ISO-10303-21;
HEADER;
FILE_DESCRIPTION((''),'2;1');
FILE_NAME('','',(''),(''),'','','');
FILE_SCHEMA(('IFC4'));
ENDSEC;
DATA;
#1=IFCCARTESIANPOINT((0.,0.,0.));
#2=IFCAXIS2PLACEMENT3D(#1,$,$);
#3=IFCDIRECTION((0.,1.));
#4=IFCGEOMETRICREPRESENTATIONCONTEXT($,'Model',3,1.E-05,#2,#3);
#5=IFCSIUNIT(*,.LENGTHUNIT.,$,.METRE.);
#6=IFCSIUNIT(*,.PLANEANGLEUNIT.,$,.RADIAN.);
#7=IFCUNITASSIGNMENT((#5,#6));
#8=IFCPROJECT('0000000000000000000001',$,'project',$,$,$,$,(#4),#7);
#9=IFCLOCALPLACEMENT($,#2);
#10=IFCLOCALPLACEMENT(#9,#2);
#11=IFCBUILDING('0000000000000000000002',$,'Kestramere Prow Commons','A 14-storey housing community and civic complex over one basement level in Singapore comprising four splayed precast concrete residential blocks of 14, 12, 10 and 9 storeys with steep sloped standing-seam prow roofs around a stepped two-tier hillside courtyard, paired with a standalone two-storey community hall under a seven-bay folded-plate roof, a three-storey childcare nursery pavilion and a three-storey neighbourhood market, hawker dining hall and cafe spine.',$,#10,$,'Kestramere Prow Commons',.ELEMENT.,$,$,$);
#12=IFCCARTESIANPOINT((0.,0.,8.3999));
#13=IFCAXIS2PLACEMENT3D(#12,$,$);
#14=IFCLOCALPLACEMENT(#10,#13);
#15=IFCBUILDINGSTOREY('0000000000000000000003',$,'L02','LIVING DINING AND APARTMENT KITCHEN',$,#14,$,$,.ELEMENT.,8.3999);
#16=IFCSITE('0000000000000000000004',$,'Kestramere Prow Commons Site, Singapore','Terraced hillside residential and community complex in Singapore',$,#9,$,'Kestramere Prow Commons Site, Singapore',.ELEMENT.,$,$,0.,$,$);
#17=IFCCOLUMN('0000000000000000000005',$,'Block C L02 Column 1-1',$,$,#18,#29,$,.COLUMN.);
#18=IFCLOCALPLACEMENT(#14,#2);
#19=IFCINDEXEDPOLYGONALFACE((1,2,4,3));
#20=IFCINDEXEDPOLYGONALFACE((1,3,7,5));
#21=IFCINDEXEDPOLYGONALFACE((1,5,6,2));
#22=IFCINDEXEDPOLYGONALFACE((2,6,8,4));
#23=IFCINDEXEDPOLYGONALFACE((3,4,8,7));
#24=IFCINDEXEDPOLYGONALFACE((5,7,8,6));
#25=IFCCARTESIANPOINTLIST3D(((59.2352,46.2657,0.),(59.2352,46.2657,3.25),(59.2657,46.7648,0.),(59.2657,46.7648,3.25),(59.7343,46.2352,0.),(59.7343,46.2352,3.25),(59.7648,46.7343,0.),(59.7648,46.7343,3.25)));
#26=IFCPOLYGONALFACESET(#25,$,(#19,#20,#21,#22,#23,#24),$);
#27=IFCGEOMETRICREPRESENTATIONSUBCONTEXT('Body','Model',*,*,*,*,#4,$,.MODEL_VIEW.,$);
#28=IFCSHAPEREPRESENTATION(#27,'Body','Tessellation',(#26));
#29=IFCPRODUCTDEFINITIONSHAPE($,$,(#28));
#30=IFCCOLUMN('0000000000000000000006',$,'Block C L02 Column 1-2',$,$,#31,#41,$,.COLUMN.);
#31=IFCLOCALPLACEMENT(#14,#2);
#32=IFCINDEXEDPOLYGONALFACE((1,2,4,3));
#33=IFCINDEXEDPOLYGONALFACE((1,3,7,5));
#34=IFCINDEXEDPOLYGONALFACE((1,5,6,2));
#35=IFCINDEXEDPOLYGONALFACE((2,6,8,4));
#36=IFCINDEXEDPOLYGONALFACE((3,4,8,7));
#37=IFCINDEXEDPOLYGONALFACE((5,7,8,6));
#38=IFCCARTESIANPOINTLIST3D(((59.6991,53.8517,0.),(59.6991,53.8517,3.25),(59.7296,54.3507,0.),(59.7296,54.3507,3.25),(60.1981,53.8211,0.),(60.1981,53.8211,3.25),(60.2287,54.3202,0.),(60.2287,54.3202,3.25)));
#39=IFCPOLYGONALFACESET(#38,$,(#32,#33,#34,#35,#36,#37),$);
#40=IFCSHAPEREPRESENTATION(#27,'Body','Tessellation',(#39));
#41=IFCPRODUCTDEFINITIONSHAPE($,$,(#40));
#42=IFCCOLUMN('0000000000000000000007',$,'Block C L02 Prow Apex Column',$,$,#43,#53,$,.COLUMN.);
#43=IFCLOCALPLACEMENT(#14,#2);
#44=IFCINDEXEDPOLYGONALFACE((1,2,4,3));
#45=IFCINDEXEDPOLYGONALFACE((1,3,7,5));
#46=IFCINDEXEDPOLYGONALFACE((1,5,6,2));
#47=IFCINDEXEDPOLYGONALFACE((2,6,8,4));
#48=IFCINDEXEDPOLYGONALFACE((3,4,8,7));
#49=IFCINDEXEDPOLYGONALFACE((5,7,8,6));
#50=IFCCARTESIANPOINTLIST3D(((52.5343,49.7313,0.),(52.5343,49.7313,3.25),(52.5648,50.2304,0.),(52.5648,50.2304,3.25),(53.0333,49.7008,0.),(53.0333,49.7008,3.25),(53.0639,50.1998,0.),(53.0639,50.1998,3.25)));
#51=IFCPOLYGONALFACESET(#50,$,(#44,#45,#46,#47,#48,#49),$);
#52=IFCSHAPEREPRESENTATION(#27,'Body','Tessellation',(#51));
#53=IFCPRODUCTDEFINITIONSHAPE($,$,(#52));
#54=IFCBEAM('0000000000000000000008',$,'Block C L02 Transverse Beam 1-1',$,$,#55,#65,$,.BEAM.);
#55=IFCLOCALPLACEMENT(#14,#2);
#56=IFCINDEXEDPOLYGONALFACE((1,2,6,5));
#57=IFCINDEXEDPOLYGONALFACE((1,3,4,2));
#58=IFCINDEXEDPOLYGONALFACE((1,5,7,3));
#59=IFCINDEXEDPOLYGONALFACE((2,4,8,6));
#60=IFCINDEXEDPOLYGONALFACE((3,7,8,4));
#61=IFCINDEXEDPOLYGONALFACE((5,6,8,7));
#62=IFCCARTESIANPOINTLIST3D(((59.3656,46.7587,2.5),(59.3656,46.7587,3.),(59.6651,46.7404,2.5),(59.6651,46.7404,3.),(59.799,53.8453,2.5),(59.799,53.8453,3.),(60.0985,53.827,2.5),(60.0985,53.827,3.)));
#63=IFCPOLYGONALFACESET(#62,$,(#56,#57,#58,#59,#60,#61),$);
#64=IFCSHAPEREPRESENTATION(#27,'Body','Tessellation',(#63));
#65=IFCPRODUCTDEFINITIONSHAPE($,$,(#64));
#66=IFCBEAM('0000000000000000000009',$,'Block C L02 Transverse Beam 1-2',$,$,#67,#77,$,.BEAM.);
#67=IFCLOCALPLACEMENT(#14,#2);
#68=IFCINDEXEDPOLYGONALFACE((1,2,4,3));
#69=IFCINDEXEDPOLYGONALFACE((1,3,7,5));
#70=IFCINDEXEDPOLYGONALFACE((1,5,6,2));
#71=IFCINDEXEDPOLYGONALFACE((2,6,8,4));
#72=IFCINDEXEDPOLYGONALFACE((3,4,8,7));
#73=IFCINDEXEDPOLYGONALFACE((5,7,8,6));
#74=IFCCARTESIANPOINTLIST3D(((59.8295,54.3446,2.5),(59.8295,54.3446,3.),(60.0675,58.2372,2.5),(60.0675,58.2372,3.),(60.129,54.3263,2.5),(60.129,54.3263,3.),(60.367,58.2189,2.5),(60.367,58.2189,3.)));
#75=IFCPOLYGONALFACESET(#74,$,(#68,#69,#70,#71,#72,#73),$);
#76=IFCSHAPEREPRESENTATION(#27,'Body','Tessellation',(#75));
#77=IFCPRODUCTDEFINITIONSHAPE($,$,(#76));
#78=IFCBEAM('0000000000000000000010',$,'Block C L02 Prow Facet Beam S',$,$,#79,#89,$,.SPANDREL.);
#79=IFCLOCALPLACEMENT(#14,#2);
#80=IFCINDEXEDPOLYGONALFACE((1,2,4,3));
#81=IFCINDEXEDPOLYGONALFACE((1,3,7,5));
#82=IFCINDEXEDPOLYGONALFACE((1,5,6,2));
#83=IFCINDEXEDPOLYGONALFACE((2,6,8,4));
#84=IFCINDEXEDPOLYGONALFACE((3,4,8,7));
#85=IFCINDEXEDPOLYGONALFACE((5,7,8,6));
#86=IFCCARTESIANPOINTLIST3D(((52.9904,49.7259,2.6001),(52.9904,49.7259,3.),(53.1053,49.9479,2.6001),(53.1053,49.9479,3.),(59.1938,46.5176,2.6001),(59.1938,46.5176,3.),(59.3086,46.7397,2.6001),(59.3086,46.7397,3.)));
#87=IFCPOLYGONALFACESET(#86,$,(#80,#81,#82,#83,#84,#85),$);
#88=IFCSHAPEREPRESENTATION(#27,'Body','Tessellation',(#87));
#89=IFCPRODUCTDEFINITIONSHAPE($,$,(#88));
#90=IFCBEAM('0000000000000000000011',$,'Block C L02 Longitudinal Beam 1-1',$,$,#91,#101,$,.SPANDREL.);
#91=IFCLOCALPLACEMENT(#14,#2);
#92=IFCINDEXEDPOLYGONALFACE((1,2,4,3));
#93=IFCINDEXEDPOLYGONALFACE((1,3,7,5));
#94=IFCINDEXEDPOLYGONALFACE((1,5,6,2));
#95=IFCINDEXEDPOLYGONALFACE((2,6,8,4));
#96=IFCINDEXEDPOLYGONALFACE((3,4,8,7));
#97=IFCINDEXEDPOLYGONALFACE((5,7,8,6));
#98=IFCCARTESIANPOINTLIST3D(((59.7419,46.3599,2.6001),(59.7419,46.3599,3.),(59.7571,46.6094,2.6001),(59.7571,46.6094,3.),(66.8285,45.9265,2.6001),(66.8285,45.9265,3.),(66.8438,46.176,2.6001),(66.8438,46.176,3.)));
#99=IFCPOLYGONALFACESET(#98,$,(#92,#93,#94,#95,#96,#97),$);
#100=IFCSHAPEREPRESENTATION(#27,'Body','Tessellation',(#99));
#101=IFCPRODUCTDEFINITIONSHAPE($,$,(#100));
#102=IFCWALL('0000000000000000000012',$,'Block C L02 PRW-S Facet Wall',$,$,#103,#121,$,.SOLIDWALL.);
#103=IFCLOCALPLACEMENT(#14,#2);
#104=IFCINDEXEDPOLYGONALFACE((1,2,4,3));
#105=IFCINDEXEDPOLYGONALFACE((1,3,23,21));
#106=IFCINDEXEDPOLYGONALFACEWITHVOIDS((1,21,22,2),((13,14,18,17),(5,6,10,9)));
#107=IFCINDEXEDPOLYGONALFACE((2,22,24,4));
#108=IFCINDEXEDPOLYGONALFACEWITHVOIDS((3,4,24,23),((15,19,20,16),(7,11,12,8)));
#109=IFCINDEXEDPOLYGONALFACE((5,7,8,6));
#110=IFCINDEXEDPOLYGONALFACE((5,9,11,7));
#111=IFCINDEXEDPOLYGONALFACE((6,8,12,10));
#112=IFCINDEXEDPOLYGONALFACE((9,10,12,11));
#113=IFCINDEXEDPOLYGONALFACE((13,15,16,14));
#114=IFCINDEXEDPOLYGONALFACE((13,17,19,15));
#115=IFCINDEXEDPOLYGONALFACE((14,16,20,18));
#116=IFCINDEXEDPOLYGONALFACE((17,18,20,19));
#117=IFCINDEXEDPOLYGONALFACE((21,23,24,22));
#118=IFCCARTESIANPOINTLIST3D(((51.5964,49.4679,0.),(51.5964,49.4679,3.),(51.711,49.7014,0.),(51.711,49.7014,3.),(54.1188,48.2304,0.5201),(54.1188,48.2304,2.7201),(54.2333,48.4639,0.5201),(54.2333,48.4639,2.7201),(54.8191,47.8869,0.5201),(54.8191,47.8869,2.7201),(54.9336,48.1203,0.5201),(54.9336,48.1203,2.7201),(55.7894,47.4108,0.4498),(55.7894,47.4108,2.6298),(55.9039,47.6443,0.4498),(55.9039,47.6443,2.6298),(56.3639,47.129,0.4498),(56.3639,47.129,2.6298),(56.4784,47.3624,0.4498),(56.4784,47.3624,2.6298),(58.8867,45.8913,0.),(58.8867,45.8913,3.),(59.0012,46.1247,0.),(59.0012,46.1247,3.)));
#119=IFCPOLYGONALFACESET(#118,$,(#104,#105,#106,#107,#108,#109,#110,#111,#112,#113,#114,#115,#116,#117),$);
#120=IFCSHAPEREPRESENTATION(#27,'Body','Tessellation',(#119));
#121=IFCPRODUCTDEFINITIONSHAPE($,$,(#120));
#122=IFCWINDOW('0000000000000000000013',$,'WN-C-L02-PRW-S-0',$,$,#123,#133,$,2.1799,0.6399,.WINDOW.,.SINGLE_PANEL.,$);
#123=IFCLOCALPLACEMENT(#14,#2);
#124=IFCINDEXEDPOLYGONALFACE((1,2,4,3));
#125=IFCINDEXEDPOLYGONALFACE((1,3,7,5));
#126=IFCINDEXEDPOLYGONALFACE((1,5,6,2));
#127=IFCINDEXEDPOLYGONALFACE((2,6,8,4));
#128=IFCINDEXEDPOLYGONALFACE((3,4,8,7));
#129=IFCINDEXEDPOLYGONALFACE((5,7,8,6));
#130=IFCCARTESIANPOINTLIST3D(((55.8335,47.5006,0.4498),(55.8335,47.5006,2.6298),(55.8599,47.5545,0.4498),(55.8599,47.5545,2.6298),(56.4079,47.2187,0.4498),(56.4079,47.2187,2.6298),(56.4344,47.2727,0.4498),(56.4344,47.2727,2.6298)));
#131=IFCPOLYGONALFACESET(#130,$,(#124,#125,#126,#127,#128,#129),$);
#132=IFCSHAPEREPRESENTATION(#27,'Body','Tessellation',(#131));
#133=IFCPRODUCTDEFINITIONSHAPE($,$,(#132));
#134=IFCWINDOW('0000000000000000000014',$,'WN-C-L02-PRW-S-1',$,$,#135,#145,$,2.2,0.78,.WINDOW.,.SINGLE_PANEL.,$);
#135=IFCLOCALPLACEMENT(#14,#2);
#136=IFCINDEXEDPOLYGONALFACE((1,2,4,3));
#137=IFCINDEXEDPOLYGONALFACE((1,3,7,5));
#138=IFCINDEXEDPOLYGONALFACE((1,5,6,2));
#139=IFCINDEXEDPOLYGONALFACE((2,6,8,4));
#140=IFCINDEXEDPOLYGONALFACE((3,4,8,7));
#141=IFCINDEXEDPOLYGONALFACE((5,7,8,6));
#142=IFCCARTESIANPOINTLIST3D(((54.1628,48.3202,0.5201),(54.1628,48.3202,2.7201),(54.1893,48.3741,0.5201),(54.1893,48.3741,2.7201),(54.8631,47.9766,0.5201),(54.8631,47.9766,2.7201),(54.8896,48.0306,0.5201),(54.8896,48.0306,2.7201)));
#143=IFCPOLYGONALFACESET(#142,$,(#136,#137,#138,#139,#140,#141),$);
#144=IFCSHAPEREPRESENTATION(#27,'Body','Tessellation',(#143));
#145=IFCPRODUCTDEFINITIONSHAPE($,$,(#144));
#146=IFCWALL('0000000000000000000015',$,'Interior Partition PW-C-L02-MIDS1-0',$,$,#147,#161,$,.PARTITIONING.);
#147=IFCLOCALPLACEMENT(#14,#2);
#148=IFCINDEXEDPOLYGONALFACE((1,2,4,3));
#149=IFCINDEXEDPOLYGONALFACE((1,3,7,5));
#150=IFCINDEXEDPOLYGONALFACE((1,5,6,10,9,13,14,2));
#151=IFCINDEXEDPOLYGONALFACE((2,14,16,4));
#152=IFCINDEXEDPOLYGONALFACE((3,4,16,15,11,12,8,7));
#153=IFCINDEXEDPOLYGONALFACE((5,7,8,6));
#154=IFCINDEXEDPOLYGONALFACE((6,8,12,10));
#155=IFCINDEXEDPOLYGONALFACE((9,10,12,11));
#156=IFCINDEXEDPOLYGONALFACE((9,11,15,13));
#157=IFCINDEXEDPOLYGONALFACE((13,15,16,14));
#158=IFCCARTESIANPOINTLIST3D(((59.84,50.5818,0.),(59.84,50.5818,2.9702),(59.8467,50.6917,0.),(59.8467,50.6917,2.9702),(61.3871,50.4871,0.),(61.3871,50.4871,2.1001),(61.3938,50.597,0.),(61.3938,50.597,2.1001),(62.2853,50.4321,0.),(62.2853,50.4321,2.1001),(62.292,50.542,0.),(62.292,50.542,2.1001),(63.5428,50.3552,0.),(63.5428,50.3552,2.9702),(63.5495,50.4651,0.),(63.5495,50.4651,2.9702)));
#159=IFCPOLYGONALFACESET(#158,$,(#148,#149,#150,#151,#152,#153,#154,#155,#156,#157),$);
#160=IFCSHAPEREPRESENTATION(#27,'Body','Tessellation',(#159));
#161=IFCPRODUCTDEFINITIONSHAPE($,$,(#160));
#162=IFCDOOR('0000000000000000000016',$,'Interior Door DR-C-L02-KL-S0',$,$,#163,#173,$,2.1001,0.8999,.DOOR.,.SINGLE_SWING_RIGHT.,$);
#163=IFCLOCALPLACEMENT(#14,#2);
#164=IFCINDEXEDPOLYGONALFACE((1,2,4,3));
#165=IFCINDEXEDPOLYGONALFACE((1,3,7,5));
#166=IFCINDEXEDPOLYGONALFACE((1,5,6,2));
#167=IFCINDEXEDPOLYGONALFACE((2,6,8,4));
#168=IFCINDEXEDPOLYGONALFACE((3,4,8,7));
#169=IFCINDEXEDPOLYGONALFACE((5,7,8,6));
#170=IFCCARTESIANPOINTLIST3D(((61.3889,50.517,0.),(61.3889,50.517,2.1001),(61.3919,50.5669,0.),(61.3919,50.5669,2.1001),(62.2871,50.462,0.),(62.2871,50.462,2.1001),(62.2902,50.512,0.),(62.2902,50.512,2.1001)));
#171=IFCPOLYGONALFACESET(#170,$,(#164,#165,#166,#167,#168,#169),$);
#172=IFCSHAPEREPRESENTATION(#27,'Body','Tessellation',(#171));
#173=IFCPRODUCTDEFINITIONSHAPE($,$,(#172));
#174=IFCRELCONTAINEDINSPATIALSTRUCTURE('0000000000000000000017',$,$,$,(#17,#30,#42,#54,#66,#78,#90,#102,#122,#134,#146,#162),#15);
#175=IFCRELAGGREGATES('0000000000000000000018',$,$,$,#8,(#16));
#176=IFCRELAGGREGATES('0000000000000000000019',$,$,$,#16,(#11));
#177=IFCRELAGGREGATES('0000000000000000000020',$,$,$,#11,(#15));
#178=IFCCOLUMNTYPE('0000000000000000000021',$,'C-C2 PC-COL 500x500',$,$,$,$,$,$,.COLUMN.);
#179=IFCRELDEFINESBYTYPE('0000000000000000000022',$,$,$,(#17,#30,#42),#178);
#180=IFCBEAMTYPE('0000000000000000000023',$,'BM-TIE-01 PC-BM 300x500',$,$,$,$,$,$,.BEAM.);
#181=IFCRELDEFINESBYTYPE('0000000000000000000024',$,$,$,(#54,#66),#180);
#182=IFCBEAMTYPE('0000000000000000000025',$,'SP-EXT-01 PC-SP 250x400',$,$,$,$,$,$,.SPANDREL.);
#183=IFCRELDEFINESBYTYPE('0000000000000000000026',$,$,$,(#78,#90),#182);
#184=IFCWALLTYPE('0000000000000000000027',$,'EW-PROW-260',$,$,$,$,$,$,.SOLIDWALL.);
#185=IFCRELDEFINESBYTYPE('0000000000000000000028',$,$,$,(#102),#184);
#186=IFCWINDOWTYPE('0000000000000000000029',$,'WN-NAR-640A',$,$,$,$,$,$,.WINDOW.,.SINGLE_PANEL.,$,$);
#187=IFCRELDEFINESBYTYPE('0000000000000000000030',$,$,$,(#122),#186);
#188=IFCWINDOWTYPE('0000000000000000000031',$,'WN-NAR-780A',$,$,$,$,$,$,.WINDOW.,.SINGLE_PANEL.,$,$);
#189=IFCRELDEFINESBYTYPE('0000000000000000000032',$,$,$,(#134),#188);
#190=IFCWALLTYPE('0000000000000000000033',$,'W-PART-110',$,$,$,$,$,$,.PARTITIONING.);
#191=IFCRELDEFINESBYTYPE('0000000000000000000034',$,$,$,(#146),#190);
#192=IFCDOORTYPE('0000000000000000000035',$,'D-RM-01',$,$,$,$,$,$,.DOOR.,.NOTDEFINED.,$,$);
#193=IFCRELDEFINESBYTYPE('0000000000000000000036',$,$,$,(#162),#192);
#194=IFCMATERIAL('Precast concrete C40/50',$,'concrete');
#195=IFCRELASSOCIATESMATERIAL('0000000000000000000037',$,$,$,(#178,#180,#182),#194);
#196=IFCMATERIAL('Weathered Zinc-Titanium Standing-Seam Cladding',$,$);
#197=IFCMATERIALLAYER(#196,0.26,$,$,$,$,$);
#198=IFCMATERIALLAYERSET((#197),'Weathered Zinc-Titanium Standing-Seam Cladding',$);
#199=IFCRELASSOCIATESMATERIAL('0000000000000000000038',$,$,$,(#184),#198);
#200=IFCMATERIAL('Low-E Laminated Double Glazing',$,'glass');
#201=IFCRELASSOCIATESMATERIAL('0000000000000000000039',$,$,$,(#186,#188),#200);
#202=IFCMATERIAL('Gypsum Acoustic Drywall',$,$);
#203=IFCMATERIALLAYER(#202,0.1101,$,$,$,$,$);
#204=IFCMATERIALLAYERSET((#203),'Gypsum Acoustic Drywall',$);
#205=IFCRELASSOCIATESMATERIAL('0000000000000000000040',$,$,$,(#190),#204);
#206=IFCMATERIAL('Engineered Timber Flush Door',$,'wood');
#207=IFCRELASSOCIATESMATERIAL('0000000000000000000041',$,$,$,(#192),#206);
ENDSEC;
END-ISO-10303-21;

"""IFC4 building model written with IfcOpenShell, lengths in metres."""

from ifc_helpers import new_model, si_unit, direction, frame, frame_2d, origin, origin_2d, place, context, subcontext, project, spatial, rectangle, extrude, material, layer, layer_set, material_profile, profile_set, type_object, element, fill, save


model = new_model("IFC4")

# Units and contexts
model_context = context("Model", 3, precision=1e-05, world=origin(), true_north=direction((0.0, 1.0)))
body_context = subcontext(model_context, "Body", "Model", "MODEL_VIEW")
ifc_project = project(units=[si_unit("LENGTHUNIT", "METRE"), si_unit("PLANEANGLEUNIT", "RADIAN")], contexts=[model_context])

# Site, building, storey
site_placement = place(None, origin())
site = spatial("IfcSite", under=ifc_project, at=site_placement, Name="Kestramere Prow Commons Site, Singapore", Description="Terraced hillside residential and community complex in Singapore", LongName="Kestramere Prow Commons Site, Singapore", CompositionType="ELEMENT", RefElevation=0.0)
building_placement = place(site_placement, origin())
building = spatial("IfcBuilding", under=site, at=building_placement, Name="Kestramere Prow Commons", Description="A 14-storey housing community and civic complex over one basement level in Singapore comprising four splayed precast concrete residential blocks of 14, 12, 10 and 9 storeys with steep sloped standing-seam prow roofs around a stepped two-tier hillside courtyard, paired with a standalone two-storey community hall under a seven-bay folded-plate roof, a three-storey childcare nursery pavilion and a three-storey neighbourhood market, hawker dining hall and cafe spine.", LongName="Kestramere Prow Commons", CompositionType="ELEMENT")
storey_placement = place(building_placement, frame((0.0, 0.0, 8.3999)))
storey = spatial("IfcBuildingStorey", under=building, at=storey_placement, Name="L02", Description="LIVING DINING AND APARTMENT KITCHEN", CompositionType="ELEMENT", Elevation=8.3999)

# Columns
ifc_material_1 = material(Name="Precast concrete C40/50", Category="concrete")
ifc_material_profile_1 = material_profile(ifc_material_1, rectangle(XDim=0.5, YDim=0.5, at=origin_2d()), Name="PC-COL 500x500")
ifc_profile_set_1 = profile_set([ifc_material_profile_1], Name="Precast concrete C40/50")
column_type = type_object("IfcColumnType", Name="C-C2 PC-COL 500x500", PredefinedType="COLUMN", material=ifc_profile_set_1)
for number, where, z_axis, x_axis, name in (
    (1, (59.5, 46.5, 0.0), (0.0, 0.0, 1.0), (0.998135, -0.061049, 0.0), "Block C L02 Column 1-1"),
    (2, (59.9639, 54.0859, 0.0), (0.0, 0.0, 1.0), (0.998135, -0.061049, 0.0), "Block C L02 Column 1-2"),
    (3, (52.7991, 49.9656, 0.0), (0.0, 0.0, 1.0), (0.998135, -0.061049, 0.0), "Block C L02 Prow Apex Column"),
):
    element("IfcColumn", number, at=place(storey_placement, frame(where, z_axis=z_axis, x_axis=x_axis)), inside=storey, type_object=column_type, Name=name, PredefinedType="COLUMN", context=body_context, shape_type="SweptSolid", body=[
        extrude(rectangle(XDim=0.5, YDim=0.5, at=origin_2d()), origin(), (0.0, 0.0, 1.0), 3.25),
    ])

# Beams
ifc_material_profile_2 = material_profile(ifc_material_1, rectangle(XDim=0.3, YDim=0.5, at=origin_2d()), Name="PC-BM 300x500")
ifc_profile_set_2 = profile_set([ifc_material_profile_2], Name="Precast concrete C40/50")
beam_type_1 = type_object("IfcBeamType", Name="BM-TIE-01 PC-BM 300x500", PredefinedType="BEAM", material=ifc_profile_set_2)
beam_1_placement = place(storey_placement, frame((59.5154, 46.7495, 2.75), z_axis=(0.061036, 0.998136, 0.0), x_axis=(-0.998136, 0.061036, 0.0)))
element("IfcBeam", 4, at=beam_1_placement, inside=storey, type_object=beam_type_1, Name="Block C L02 Transverse Beam 1-1", PredefinedType="BEAM", context=body_context, shape_type="SweptSolid", body=[
    extrude(rectangle(XDim=0.3, YDim=0.5, at=origin_2d()), origin(), (0.0, 0.0, 1.0), 7.0999),
])
beam_2_placement = place(storey_placement, frame((59.9792, 54.3354, 2.75), z_axis=(0.061038, 0.998135, 0.0), x_axis=(-0.998135, 0.061038, 0.0)))
element("IfcBeam", 5, at=beam_2_placement, inside=storey, type_object=beam_type_1, Name="Block C L02 Transverse Beam 1-2", PredefinedType="BEAM", context=body_context, shape_type="SweptSolid", body=[
    extrude(rectangle(XDim=0.3, YDim=0.5, at=origin_2d()), origin(), (0.0, 0.0, 1.0), 3.8999),
])
ifc_material_profile_3 = material_profile(ifc_material_1, rectangle(XDim=0.25, YDim=0.3999, at=origin_2d()), Name="PC-SP 250x400")
ifc_profile_set_3 = profile_set([ifc_material_profile_3], Name="Precast concrete C40/50")
beam_type_2 = type_object("IfcBeamType", Name="SP-EXT-01 PC-SP 250x400", PredefinedType="SPANDREL", material=ifc_profile_set_3)
beam_3_placement = place(storey_placement, frame((59.2512, 46.6287, 2.8), z_axis=(-0.88824, 0.459379, 0.0), x_axis=(-0.459379, -0.88824, 0.0)))
element("IfcBeam", 6, at=beam_3_placement, inside=storey, type_object=beam_type_2, Name="Block C L02 Prow Facet Beam S", PredefinedType="SPANDREL", context=body_context, shape_type="SweptSolid", body=[
    extrude(rectangle(XDim=0.25, YDim=0.3999, at=origin_2d()), origin(), (0.0, 0.0, 1.0), 6.9839),
])
beam_4_placement = place(storey_placement, frame((59.7495, 46.4846, 2.8), z_axis=(0.998136, -0.061036, 0.0), x_axis=(0.061036, 0.998136, 0.0)))
element("IfcBeam", 7, at=beam_4_placement, inside=storey, type_object=beam_type_2, Name="Block C L02 Longitudinal Beam 1-1", PredefinedType="SPANDREL", context=body_context, shape_type="SweptSolid", body=[
    extrude(rectangle(XDim=0.25, YDim=0.3999, at=origin_2d()), origin(), (0.0, 0.0, 1.0), 7.0999),
])

# Wall, openings, windows
ifc_material_2 = material(Name="Weathered Zinc-Titanium Standing-Seam Cladding")
ifc_layer_1 = layer(ifc_material_2, 0.26)
ifc_layer_set_1 = layer_set([ifc_layer_1], Name="Weathered Zinc-Titanium Standing-Seam Cladding")
wall_type_1 = type_object("IfcWallType", Name="EW-PROW-260", PredefinedType="SOLIDWALL", material=ifc_layer_set_1)
wall_1_placement = place(storey_placement, frame((58.9438, 46.0081, 0.0), z_axis=(0.0, 0.0, 1.0), x_axis=(-0.897775, 0.440454, 0.0)))
wall_1 = element("IfcWall", 8, at=wall_1_placement, inside=storey, type_object=wall_type_1, Name="Block C L02 PRW-S Facet Wall", PredefinedType="SOLIDWALL", context=body_context, shape_type="SweptSolid", body=[
    extrude(rectangle(XDim=8.1204, YDim=0.26, at=frame_2d((4.0601, 0.0))), origin(), (0.0, 0.0, 1.0), 3.0),
])
opening_1_placement = place(wall_1_placement, frame((2.8101, 0.0, 0.45)))
opening_1 = element("IfcOpeningElement", 9, at=opening_1_placement, cuts=wall_1, PredefinedType="OPENING", context=body_context, shape_type="SweptSolid", body=[
    extrude(rectangle(XDim=0.6399, YDim=2.1799, at=frame_2d((0.3198, 1.0898))), frame((0.0, 0.145, 0.0), z_axis=(0.0, -1.0, 0.0), x_axis=(1.0, 0.0, 0.0)), (0.0, 0.0, 1.0), 0.29),
])
opening_2_placement = place(wall_1_placement, frame((4.5305, 0.0, 0.52)))
opening_2 = element("IfcOpeningElement", 10, at=opening_2_placement, cuts=wall_1, PredefinedType="OPENING", context=body_context, shape_type="SweptSolid", body=[
    extrude(rectangle(XDim=0.78, YDim=2.2, at=frame_2d((0.3901, 1.1001))), frame((0.0, 0.145, 0.0), z_axis=(0.0, -1.0, 0.0), x_axis=(1.0, 0.0, 0.0)), (0.0, 0.0, 1.0), 0.29),
])
ifc_material_3 = material(Name="Low-E Laminated Double Glazing", Category="glass")
window_type_1 = type_object("IfcWindowType", Name="WN-NAR-640A", PartitioningType="SINGLE_PANEL", PredefinedType="WINDOW", material=ifc_material_3)
window_1_placement = place(opening_1_placement, origin())
window_1 = element("IfcWindow", 11, at=window_1_placement, inside=storey, type_object=window_type_1, Name="WN-C-L02-PRW-S-0", OverallHeight=2.1799, OverallWidth=0.6399, PartitioningType="SINGLE_PANEL", PredefinedType="WINDOW", context=body_context, shape_type="SweptSolid", body=[
    extrude(rectangle(XDim=0.6399, YDim=2.1799, at=frame_2d((0.3198, 1.0898))), frame((0.0, 0.03, 0.0), z_axis=(0.0, -1.0, 0.0), x_axis=(1.0, 0.0, 0.0)), (0.0, 0.0, 1.0), 0.0601),
])
fill(opening_1, window_1)
window_type_2 = type_object("IfcWindowType", Name="WN-NAR-780A", PartitioningType="SINGLE_PANEL", PredefinedType="WINDOW", material=ifc_material_3)
window_2_placement = place(opening_2_placement, origin())
window_2 = element("IfcWindow", 12, at=window_2_placement, inside=storey, type_object=window_type_2, Name="WN-C-L02-PRW-S-1", OverallHeight=2.2, OverallWidth=0.78, PartitioningType="SINGLE_PANEL", PredefinedType="WINDOW", context=body_context, shape_type="SweptSolid", body=[
    extrude(rectangle(XDim=0.78, YDim=2.2, at=frame_2d((0.3901, 1.1001))), frame((0.0, 0.03, 0.0), z_axis=(0.0, -1.0, 0.0), x_axis=(1.0, 0.0, 0.0)), (0.0, 0.0, 1.0), 0.0601),
])
fill(opening_2, window_2)

# Wall, opening, door
ifc_material_4 = material(Name="Gypsum Acoustic Drywall")
ifc_layer_2 = layer(ifc_material_4, 0.1101)
ifc_layer_set_2 = layer_set([ifc_layer_2], Name="Gypsum Acoustic Drywall")
wall_type_2 = type_object("IfcWallType", Name="W-PART-110", PredefinedType="PARTITIONING", material=ifc_layer_set_2)
wall_2_placement = place(storey_placement, frame((59.8433, 50.6367, 0.0), z_axis=(0.0, 0.0, 1.0), x_axis=(0.998133, -0.061071, 0.0)))
wall_2 = element("IfcWall", 13, at=wall_2_placement, inside=storey, type_object=wall_type_2, Name="Interior Partition PW-C-L02-MIDS1-0", PredefinedType="PARTITIONING", context=body_context, shape_type="SweptSolid", body=[
    extrude(rectangle(XDim=3.7097, YDim=0.1101, at=frame_2d((1.855, 0.0))), origin(), (0.0, 0.0, 1.0), 2.9702),
])
opening_3_placement = place(wall_2_placement, frame((1.55, 0.0, 0.0)))
opening_3 = element("IfcOpeningElement", 14, at=opening_3_placement, cuts=wall_2, PredefinedType="OPENING", context=body_context, shape_type="SweptSolid", body=[
    extrude(rectangle(XDim=0.8999, YDim=2.1001, at=frame_2d((0.45, 1.05))), frame((0.0, 0.0701, 0.0), z_axis=(0.0, -1.0, 0.0), x_axis=(1.0, 0.0, 0.0)), (0.0, 0.0, 1.0), 0.1401),
])
ifc_material_5 = material(Name="Engineered Timber Flush Door", Category="wood")
door_type_1 = type_object("IfcDoorType", Name="D-RM-01", OperationType="NOTDEFINED", PredefinedType="DOOR", material=ifc_material_5)
door_1_placement = place(opening_3_placement, origin())
door_1 = element("IfcDoor", 15, at=door_1_placement, inside=storey, type_object=door_type_1, Name="Interior Door DR-C-L02-KL-S0", OperationType="SINGLE_SWING_RIGHT", OverallHeight=2.1001, OverallWidth=0.8999, PredefinedType="DOOR", context=body_context, shape_type="SweptSolid", body=[
    extrude(rectangle(XDim=0.8999, YDim=2.1001, at=frame_2d((0.45, 1.05))), frame((0.0, 0.0249, 0.0), z_axis=(0.0, -1.0, 0.0), x_axis=(1.0, 0.0, 0.0)), (0.0, 0.0, 1.0), 0.05),
])
fill(opening_3, door_1)

save(model, "model.ifc")
